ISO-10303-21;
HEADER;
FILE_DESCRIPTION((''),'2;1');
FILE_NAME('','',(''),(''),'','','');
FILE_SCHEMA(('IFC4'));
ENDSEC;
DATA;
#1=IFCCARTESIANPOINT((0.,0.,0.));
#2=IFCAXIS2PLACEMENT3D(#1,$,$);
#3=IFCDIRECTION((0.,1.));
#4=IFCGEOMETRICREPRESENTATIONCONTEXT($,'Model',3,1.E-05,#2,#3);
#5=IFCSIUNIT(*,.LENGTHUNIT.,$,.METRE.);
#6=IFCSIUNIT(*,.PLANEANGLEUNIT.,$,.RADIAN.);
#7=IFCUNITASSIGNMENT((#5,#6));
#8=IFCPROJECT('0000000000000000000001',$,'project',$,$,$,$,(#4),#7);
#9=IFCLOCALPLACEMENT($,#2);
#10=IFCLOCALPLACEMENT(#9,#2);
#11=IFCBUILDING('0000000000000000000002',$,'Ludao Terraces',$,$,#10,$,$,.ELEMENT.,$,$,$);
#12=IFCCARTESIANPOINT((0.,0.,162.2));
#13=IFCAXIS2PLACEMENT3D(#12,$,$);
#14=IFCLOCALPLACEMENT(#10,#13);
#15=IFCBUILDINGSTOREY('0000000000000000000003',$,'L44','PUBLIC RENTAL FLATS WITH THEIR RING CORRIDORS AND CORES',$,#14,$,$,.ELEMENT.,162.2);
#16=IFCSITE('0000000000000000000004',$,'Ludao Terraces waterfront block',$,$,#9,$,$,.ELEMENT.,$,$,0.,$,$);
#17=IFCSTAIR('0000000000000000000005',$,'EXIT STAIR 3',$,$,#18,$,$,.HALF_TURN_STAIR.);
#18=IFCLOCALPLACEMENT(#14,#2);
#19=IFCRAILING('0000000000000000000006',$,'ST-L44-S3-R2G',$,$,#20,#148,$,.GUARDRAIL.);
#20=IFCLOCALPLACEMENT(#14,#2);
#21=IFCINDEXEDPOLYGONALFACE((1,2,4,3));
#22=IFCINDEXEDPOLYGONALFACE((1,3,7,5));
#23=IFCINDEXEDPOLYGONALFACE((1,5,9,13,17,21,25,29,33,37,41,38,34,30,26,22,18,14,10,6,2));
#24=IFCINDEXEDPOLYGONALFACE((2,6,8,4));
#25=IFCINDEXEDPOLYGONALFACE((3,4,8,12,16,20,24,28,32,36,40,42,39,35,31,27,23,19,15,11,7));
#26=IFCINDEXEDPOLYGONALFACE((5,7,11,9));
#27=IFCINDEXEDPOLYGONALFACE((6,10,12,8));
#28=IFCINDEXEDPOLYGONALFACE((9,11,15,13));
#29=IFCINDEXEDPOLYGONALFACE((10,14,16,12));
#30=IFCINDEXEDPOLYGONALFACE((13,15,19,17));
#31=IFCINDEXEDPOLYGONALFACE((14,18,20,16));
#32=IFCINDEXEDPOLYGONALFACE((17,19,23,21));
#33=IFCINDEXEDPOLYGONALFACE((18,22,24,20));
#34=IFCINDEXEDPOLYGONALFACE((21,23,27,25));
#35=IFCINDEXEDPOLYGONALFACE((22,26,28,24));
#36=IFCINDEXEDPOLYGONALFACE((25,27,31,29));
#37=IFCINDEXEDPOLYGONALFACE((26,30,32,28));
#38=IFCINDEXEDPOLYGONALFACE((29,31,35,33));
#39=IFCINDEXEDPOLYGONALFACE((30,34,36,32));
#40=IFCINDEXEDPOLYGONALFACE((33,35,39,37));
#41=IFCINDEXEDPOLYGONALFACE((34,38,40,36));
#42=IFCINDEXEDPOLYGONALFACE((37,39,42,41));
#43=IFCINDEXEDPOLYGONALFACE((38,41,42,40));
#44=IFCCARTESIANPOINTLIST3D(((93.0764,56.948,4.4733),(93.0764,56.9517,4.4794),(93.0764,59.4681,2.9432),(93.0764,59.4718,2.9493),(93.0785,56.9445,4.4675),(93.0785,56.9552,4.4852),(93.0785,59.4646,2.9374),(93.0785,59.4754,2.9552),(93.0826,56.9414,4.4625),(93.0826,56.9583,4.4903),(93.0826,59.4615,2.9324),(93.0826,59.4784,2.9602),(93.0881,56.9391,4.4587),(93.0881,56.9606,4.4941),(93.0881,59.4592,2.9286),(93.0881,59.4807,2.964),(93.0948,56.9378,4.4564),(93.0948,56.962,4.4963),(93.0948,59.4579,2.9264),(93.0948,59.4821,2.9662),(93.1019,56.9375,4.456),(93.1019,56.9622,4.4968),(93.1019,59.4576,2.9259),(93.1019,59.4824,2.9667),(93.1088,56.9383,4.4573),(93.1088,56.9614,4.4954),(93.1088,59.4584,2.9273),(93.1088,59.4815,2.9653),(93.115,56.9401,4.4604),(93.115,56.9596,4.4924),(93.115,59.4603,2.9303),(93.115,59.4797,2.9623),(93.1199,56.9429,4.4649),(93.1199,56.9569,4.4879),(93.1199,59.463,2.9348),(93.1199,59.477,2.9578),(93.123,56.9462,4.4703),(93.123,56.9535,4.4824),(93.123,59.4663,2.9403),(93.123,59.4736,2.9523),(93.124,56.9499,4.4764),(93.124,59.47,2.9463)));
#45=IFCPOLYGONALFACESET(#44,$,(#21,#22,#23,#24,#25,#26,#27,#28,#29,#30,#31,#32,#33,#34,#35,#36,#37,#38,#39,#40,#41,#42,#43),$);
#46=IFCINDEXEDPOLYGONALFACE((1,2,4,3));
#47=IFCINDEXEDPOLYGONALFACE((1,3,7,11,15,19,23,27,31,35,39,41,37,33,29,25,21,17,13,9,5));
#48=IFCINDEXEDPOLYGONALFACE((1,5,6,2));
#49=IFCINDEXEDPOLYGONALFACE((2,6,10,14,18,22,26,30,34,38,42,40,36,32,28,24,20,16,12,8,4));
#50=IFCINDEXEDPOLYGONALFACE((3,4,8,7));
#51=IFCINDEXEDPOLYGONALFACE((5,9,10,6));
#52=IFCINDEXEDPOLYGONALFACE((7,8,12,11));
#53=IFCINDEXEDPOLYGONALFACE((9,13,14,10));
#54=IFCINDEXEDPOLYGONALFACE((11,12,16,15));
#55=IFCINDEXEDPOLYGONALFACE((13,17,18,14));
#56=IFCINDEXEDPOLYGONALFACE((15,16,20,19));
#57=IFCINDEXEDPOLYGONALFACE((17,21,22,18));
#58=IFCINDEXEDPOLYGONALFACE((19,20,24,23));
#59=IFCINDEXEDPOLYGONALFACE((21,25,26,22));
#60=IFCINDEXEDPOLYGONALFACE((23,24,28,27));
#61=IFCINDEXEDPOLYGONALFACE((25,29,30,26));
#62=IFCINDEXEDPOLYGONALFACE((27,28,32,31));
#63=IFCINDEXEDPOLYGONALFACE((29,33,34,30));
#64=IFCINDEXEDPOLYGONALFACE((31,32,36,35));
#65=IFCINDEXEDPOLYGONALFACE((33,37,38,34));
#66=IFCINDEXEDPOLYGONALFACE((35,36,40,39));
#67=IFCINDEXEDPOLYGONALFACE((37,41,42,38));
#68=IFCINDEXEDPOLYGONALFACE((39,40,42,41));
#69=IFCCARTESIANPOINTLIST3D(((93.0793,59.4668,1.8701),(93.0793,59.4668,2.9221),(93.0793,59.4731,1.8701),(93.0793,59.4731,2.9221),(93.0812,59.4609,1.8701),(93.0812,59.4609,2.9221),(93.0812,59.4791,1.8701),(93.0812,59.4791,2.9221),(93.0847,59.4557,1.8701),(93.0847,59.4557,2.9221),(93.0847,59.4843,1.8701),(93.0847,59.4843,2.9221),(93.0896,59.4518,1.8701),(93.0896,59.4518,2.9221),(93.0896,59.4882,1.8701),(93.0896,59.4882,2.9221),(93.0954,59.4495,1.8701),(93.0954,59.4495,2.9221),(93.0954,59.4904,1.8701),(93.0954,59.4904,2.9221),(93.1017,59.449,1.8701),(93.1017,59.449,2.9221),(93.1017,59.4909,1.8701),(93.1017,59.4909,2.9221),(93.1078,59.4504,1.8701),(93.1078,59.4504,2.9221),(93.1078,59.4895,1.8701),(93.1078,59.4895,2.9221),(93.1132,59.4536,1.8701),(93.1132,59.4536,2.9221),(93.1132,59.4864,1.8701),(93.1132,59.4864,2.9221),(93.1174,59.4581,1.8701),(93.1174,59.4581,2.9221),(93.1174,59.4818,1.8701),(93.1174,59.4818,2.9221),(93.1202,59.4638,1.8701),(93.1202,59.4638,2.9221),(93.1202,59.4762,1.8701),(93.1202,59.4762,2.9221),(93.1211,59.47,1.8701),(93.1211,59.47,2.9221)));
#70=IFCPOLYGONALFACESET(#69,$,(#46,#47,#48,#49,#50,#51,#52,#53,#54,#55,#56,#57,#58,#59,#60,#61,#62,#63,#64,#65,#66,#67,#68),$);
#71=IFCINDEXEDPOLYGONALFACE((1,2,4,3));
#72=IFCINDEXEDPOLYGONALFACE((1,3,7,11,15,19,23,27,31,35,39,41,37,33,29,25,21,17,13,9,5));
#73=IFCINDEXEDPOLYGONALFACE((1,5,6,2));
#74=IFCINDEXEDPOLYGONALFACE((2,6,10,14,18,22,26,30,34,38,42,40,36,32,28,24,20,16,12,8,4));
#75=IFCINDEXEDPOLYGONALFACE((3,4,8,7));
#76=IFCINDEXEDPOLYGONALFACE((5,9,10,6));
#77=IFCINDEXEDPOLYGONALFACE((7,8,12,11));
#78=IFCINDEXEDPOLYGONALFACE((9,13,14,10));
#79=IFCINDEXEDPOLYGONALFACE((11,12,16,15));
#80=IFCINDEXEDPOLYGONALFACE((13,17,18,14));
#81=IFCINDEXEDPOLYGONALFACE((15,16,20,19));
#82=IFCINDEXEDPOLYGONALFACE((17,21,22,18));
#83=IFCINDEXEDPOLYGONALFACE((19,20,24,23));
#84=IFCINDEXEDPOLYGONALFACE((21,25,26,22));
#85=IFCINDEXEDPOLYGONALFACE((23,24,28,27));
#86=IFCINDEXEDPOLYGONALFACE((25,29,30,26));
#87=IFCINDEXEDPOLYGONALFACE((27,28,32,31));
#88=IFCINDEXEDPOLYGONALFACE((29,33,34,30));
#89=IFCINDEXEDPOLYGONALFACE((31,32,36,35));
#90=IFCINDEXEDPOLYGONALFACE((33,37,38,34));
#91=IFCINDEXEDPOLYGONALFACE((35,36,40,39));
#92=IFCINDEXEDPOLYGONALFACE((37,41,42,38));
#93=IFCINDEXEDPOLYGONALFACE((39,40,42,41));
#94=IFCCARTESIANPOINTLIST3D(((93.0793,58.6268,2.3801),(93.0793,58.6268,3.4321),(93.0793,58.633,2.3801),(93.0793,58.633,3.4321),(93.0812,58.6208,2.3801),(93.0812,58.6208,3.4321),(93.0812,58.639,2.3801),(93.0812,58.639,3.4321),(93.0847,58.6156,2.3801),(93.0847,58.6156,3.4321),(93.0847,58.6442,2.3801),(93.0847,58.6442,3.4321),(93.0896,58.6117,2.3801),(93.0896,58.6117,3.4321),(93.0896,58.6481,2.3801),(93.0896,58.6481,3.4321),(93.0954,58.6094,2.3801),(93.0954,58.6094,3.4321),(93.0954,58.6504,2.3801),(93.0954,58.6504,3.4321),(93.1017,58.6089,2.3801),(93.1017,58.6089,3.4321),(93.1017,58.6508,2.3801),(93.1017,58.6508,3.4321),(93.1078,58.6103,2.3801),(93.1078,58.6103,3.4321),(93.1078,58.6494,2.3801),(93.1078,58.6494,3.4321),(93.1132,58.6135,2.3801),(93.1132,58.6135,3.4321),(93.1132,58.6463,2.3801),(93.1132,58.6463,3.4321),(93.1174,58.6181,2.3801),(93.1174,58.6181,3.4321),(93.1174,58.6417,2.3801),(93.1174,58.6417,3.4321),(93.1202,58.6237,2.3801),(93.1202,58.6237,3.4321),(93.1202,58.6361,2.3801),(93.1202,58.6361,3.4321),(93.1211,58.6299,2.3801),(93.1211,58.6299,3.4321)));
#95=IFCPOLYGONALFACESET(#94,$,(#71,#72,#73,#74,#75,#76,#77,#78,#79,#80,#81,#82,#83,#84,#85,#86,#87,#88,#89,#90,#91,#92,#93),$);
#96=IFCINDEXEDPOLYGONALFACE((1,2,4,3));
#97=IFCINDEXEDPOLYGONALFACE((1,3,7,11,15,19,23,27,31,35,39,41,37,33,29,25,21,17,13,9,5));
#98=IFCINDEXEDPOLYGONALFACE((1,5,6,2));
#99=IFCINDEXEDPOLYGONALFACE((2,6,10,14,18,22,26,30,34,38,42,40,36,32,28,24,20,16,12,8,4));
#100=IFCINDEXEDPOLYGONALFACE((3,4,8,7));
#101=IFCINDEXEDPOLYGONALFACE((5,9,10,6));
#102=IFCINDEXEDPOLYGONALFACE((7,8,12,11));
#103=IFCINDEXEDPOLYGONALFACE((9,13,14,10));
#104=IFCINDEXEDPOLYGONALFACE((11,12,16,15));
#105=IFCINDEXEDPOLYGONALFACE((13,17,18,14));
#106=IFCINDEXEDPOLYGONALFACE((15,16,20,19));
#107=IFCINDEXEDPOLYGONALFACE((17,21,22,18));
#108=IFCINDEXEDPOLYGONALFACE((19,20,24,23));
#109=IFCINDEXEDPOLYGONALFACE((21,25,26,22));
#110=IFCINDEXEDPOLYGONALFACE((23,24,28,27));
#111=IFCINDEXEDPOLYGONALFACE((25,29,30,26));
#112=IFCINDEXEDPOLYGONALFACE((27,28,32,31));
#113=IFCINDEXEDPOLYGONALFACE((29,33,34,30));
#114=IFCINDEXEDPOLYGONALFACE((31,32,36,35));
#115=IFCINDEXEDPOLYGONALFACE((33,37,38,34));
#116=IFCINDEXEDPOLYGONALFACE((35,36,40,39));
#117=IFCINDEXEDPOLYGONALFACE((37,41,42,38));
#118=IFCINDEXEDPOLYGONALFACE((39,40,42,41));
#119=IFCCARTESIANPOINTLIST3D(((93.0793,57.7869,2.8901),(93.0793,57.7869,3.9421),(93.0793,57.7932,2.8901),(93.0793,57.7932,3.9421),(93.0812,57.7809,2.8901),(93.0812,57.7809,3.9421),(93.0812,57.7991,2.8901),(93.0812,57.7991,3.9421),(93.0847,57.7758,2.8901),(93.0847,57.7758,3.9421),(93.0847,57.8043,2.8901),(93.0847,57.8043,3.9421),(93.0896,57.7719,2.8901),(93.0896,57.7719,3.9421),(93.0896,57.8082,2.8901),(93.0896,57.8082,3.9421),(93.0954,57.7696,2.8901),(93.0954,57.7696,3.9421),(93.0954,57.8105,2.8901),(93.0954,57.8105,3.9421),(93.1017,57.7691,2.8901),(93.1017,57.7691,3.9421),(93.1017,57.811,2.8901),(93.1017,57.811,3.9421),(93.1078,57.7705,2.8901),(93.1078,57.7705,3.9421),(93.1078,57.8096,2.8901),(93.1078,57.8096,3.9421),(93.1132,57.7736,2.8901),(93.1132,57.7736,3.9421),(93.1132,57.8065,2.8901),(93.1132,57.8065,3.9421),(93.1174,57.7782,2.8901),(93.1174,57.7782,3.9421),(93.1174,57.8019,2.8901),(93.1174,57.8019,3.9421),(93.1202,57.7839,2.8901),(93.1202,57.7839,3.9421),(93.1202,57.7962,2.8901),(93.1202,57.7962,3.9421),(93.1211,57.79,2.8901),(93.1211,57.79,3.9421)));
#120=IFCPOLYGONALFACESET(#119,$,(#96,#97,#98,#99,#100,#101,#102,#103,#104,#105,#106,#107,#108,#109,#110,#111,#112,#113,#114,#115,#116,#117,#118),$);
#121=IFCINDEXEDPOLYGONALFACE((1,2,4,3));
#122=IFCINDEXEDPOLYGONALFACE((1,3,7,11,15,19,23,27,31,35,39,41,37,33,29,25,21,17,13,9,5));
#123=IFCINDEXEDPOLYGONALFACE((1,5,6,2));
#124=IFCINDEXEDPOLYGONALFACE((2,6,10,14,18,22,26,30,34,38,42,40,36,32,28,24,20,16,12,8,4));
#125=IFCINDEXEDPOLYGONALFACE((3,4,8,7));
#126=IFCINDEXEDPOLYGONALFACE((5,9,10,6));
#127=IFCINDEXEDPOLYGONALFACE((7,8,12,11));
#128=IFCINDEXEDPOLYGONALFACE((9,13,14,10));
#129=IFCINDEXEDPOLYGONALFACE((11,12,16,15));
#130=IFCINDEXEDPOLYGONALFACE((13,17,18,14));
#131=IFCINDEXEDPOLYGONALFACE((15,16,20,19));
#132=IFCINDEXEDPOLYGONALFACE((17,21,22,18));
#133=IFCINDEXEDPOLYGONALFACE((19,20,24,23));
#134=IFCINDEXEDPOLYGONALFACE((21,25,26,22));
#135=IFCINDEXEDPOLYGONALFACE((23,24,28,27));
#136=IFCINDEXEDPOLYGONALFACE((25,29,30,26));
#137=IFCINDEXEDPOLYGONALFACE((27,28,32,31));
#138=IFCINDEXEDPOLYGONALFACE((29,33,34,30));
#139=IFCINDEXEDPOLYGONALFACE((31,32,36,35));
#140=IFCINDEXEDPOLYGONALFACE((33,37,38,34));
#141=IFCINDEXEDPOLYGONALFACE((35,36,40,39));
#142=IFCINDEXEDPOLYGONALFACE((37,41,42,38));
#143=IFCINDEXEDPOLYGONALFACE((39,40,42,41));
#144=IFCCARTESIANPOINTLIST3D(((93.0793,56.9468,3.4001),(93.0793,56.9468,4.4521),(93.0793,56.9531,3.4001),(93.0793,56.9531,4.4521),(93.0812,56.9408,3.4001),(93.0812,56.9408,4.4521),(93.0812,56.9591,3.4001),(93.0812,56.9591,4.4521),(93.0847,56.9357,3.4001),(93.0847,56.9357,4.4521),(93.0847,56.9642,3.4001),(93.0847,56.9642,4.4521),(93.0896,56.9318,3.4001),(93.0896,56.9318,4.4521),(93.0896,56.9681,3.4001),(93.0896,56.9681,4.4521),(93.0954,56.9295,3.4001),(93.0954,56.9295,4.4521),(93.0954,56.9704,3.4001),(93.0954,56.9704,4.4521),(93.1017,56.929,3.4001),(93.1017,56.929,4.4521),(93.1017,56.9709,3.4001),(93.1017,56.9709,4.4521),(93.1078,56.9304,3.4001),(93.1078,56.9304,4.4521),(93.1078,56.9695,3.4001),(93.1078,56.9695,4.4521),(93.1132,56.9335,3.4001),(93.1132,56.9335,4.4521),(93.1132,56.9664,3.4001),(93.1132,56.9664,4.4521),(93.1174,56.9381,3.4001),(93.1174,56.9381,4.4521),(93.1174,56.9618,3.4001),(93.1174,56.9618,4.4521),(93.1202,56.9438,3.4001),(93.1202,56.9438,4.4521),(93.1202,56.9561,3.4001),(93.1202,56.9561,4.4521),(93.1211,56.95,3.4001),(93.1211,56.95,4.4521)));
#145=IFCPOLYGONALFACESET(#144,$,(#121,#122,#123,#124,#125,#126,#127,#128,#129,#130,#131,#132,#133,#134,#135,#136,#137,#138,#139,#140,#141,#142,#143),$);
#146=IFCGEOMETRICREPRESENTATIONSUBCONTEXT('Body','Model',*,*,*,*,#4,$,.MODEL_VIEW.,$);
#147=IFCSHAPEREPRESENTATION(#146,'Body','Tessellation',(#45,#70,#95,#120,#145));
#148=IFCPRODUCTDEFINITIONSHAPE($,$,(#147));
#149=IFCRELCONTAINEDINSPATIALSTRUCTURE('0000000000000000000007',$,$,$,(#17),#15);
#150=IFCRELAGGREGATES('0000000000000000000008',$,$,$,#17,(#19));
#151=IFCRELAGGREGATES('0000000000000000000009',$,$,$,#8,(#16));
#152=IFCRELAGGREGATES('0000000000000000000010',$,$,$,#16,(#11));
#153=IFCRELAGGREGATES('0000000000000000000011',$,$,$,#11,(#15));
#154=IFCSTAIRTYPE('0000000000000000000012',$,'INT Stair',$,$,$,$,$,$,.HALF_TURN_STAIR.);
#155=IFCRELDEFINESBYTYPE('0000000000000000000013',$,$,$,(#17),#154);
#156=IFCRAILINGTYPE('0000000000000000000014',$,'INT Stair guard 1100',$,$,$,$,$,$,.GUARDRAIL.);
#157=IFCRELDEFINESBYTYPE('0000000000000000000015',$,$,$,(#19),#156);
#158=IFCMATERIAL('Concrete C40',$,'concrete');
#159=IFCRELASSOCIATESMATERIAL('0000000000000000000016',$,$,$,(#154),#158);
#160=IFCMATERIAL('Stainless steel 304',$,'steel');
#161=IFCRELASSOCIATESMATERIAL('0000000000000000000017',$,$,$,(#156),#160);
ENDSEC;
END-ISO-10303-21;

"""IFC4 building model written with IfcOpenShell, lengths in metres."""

from ifc_helpers import new_model, si_unit, direction, frame, origin, origin_2d, place, context, subcontext, project, spatial, circle, extrude, material, type_object, element, aggregate, save


model = new_model("IFC4")

# Units and contexts
model_context = context("Model", 3, precision=1e-05, world=origin(), true_north=direction((0.0, 1.0)))
body_context = subcontext(model_context, "Body", "Model", "MODEL_VIEW")
ifc_project = project(units=[si_unit("LENGTHUNIT", "METRE"), si_unit("PLANEANGLEUNIT", "RADIAN")], contexts=[model_context])

# Site, building, storey
site_placement = place(None, origin())
site = spatial("IfcSite", under=ifc_project, at=site_placement, Name="Ludao Terraces waterfront block", CompositionType="ELEMENT", RefElevation=0.0)
building_placement = place(site_placement, origin())
building = spatial("IfcBuilding", under=site, at=building_placement, Name="Ludao Terraces", CompositionType="ELEMENT")
storey_placement = place(building_placement, frame((0.0, 0.0, 162.2)))
storey = spatial("IfcBuildingStorey", under=building, at=storey_placement, Name="L44", Description="PUBLIC RENTAL FLATS WITH THEIR RING CORRIDORS AND CORES", CompositionType="ELEMENT", Elevation=162.2)

# Shared definitions
ifc_material_1 = material(Name="Concrete C40", Category="concrete")

# Stair, railing
stair_type = type_object("IfcStairType", Name="INT Stair", PredefinedType="HALF_TURN_STAIR", material=ifc_material_1)
stair_placement = place(storey_placement, origin())
stair = element("IfcStair", 1, at=stair_placement, inside=storey, type_object=stair_type, Name="EXIT STAIR 3", PredefinedType="HALF_TURN_STAIR")
ifc_material_2 = material(Name="Stainless steel 304", Category="steel")
railing_type_1 = type_object("IfcRailingType", Name="INT Stair guard 1100", PredefinedType="GUARDRAIL", material=ifc_material_2)
railing_1_placement = place(storey_placement, frame((93.1001, 59.47, 1.8701)))
railing_1 = element("IfcRailing", 2, at=railing_1_placement, type_object=railing_type_1, Name="ST-L44-S3-R2G", PredefinedType="GUARDRAIL", context=body_context, shape_type="SweptSolid", body=[
    extrude(circle(Radius=0.0239, at=origin_2d()), frame((0.0, 0.0, 1.0762), z_axis=(0.0, -0.854785, 0.518982), x_axis=(1.0, 0.0, 0.0)), (0.0, 0.0, 1.0), 2.9482),
    extrude(circle(Radius=0.021, at=origin_2d()), origin(), (0.0, 0.0, 1.0), 1.052),
    extrude(circle(Radius=0.021, at=origin_2d()), frame((0.0, -0.8401, 0.51)), (0.0, 0.0, 1.0), 1.052),
    extrude(circle(Radius=0.021, at=origin_2d()), frame((0.0, -1.6799, 1.02)), (0.0, 0.0, 1.0), 1.052),
    extrude(circle(Radius=0.021, at=origin_2d()), frame((0.0, -2.52, 1.53)), (0.0, 0.0, 1.0), 1.052),
])
aggregate(stair, [railing_1])

save(model, "model.ifc")
